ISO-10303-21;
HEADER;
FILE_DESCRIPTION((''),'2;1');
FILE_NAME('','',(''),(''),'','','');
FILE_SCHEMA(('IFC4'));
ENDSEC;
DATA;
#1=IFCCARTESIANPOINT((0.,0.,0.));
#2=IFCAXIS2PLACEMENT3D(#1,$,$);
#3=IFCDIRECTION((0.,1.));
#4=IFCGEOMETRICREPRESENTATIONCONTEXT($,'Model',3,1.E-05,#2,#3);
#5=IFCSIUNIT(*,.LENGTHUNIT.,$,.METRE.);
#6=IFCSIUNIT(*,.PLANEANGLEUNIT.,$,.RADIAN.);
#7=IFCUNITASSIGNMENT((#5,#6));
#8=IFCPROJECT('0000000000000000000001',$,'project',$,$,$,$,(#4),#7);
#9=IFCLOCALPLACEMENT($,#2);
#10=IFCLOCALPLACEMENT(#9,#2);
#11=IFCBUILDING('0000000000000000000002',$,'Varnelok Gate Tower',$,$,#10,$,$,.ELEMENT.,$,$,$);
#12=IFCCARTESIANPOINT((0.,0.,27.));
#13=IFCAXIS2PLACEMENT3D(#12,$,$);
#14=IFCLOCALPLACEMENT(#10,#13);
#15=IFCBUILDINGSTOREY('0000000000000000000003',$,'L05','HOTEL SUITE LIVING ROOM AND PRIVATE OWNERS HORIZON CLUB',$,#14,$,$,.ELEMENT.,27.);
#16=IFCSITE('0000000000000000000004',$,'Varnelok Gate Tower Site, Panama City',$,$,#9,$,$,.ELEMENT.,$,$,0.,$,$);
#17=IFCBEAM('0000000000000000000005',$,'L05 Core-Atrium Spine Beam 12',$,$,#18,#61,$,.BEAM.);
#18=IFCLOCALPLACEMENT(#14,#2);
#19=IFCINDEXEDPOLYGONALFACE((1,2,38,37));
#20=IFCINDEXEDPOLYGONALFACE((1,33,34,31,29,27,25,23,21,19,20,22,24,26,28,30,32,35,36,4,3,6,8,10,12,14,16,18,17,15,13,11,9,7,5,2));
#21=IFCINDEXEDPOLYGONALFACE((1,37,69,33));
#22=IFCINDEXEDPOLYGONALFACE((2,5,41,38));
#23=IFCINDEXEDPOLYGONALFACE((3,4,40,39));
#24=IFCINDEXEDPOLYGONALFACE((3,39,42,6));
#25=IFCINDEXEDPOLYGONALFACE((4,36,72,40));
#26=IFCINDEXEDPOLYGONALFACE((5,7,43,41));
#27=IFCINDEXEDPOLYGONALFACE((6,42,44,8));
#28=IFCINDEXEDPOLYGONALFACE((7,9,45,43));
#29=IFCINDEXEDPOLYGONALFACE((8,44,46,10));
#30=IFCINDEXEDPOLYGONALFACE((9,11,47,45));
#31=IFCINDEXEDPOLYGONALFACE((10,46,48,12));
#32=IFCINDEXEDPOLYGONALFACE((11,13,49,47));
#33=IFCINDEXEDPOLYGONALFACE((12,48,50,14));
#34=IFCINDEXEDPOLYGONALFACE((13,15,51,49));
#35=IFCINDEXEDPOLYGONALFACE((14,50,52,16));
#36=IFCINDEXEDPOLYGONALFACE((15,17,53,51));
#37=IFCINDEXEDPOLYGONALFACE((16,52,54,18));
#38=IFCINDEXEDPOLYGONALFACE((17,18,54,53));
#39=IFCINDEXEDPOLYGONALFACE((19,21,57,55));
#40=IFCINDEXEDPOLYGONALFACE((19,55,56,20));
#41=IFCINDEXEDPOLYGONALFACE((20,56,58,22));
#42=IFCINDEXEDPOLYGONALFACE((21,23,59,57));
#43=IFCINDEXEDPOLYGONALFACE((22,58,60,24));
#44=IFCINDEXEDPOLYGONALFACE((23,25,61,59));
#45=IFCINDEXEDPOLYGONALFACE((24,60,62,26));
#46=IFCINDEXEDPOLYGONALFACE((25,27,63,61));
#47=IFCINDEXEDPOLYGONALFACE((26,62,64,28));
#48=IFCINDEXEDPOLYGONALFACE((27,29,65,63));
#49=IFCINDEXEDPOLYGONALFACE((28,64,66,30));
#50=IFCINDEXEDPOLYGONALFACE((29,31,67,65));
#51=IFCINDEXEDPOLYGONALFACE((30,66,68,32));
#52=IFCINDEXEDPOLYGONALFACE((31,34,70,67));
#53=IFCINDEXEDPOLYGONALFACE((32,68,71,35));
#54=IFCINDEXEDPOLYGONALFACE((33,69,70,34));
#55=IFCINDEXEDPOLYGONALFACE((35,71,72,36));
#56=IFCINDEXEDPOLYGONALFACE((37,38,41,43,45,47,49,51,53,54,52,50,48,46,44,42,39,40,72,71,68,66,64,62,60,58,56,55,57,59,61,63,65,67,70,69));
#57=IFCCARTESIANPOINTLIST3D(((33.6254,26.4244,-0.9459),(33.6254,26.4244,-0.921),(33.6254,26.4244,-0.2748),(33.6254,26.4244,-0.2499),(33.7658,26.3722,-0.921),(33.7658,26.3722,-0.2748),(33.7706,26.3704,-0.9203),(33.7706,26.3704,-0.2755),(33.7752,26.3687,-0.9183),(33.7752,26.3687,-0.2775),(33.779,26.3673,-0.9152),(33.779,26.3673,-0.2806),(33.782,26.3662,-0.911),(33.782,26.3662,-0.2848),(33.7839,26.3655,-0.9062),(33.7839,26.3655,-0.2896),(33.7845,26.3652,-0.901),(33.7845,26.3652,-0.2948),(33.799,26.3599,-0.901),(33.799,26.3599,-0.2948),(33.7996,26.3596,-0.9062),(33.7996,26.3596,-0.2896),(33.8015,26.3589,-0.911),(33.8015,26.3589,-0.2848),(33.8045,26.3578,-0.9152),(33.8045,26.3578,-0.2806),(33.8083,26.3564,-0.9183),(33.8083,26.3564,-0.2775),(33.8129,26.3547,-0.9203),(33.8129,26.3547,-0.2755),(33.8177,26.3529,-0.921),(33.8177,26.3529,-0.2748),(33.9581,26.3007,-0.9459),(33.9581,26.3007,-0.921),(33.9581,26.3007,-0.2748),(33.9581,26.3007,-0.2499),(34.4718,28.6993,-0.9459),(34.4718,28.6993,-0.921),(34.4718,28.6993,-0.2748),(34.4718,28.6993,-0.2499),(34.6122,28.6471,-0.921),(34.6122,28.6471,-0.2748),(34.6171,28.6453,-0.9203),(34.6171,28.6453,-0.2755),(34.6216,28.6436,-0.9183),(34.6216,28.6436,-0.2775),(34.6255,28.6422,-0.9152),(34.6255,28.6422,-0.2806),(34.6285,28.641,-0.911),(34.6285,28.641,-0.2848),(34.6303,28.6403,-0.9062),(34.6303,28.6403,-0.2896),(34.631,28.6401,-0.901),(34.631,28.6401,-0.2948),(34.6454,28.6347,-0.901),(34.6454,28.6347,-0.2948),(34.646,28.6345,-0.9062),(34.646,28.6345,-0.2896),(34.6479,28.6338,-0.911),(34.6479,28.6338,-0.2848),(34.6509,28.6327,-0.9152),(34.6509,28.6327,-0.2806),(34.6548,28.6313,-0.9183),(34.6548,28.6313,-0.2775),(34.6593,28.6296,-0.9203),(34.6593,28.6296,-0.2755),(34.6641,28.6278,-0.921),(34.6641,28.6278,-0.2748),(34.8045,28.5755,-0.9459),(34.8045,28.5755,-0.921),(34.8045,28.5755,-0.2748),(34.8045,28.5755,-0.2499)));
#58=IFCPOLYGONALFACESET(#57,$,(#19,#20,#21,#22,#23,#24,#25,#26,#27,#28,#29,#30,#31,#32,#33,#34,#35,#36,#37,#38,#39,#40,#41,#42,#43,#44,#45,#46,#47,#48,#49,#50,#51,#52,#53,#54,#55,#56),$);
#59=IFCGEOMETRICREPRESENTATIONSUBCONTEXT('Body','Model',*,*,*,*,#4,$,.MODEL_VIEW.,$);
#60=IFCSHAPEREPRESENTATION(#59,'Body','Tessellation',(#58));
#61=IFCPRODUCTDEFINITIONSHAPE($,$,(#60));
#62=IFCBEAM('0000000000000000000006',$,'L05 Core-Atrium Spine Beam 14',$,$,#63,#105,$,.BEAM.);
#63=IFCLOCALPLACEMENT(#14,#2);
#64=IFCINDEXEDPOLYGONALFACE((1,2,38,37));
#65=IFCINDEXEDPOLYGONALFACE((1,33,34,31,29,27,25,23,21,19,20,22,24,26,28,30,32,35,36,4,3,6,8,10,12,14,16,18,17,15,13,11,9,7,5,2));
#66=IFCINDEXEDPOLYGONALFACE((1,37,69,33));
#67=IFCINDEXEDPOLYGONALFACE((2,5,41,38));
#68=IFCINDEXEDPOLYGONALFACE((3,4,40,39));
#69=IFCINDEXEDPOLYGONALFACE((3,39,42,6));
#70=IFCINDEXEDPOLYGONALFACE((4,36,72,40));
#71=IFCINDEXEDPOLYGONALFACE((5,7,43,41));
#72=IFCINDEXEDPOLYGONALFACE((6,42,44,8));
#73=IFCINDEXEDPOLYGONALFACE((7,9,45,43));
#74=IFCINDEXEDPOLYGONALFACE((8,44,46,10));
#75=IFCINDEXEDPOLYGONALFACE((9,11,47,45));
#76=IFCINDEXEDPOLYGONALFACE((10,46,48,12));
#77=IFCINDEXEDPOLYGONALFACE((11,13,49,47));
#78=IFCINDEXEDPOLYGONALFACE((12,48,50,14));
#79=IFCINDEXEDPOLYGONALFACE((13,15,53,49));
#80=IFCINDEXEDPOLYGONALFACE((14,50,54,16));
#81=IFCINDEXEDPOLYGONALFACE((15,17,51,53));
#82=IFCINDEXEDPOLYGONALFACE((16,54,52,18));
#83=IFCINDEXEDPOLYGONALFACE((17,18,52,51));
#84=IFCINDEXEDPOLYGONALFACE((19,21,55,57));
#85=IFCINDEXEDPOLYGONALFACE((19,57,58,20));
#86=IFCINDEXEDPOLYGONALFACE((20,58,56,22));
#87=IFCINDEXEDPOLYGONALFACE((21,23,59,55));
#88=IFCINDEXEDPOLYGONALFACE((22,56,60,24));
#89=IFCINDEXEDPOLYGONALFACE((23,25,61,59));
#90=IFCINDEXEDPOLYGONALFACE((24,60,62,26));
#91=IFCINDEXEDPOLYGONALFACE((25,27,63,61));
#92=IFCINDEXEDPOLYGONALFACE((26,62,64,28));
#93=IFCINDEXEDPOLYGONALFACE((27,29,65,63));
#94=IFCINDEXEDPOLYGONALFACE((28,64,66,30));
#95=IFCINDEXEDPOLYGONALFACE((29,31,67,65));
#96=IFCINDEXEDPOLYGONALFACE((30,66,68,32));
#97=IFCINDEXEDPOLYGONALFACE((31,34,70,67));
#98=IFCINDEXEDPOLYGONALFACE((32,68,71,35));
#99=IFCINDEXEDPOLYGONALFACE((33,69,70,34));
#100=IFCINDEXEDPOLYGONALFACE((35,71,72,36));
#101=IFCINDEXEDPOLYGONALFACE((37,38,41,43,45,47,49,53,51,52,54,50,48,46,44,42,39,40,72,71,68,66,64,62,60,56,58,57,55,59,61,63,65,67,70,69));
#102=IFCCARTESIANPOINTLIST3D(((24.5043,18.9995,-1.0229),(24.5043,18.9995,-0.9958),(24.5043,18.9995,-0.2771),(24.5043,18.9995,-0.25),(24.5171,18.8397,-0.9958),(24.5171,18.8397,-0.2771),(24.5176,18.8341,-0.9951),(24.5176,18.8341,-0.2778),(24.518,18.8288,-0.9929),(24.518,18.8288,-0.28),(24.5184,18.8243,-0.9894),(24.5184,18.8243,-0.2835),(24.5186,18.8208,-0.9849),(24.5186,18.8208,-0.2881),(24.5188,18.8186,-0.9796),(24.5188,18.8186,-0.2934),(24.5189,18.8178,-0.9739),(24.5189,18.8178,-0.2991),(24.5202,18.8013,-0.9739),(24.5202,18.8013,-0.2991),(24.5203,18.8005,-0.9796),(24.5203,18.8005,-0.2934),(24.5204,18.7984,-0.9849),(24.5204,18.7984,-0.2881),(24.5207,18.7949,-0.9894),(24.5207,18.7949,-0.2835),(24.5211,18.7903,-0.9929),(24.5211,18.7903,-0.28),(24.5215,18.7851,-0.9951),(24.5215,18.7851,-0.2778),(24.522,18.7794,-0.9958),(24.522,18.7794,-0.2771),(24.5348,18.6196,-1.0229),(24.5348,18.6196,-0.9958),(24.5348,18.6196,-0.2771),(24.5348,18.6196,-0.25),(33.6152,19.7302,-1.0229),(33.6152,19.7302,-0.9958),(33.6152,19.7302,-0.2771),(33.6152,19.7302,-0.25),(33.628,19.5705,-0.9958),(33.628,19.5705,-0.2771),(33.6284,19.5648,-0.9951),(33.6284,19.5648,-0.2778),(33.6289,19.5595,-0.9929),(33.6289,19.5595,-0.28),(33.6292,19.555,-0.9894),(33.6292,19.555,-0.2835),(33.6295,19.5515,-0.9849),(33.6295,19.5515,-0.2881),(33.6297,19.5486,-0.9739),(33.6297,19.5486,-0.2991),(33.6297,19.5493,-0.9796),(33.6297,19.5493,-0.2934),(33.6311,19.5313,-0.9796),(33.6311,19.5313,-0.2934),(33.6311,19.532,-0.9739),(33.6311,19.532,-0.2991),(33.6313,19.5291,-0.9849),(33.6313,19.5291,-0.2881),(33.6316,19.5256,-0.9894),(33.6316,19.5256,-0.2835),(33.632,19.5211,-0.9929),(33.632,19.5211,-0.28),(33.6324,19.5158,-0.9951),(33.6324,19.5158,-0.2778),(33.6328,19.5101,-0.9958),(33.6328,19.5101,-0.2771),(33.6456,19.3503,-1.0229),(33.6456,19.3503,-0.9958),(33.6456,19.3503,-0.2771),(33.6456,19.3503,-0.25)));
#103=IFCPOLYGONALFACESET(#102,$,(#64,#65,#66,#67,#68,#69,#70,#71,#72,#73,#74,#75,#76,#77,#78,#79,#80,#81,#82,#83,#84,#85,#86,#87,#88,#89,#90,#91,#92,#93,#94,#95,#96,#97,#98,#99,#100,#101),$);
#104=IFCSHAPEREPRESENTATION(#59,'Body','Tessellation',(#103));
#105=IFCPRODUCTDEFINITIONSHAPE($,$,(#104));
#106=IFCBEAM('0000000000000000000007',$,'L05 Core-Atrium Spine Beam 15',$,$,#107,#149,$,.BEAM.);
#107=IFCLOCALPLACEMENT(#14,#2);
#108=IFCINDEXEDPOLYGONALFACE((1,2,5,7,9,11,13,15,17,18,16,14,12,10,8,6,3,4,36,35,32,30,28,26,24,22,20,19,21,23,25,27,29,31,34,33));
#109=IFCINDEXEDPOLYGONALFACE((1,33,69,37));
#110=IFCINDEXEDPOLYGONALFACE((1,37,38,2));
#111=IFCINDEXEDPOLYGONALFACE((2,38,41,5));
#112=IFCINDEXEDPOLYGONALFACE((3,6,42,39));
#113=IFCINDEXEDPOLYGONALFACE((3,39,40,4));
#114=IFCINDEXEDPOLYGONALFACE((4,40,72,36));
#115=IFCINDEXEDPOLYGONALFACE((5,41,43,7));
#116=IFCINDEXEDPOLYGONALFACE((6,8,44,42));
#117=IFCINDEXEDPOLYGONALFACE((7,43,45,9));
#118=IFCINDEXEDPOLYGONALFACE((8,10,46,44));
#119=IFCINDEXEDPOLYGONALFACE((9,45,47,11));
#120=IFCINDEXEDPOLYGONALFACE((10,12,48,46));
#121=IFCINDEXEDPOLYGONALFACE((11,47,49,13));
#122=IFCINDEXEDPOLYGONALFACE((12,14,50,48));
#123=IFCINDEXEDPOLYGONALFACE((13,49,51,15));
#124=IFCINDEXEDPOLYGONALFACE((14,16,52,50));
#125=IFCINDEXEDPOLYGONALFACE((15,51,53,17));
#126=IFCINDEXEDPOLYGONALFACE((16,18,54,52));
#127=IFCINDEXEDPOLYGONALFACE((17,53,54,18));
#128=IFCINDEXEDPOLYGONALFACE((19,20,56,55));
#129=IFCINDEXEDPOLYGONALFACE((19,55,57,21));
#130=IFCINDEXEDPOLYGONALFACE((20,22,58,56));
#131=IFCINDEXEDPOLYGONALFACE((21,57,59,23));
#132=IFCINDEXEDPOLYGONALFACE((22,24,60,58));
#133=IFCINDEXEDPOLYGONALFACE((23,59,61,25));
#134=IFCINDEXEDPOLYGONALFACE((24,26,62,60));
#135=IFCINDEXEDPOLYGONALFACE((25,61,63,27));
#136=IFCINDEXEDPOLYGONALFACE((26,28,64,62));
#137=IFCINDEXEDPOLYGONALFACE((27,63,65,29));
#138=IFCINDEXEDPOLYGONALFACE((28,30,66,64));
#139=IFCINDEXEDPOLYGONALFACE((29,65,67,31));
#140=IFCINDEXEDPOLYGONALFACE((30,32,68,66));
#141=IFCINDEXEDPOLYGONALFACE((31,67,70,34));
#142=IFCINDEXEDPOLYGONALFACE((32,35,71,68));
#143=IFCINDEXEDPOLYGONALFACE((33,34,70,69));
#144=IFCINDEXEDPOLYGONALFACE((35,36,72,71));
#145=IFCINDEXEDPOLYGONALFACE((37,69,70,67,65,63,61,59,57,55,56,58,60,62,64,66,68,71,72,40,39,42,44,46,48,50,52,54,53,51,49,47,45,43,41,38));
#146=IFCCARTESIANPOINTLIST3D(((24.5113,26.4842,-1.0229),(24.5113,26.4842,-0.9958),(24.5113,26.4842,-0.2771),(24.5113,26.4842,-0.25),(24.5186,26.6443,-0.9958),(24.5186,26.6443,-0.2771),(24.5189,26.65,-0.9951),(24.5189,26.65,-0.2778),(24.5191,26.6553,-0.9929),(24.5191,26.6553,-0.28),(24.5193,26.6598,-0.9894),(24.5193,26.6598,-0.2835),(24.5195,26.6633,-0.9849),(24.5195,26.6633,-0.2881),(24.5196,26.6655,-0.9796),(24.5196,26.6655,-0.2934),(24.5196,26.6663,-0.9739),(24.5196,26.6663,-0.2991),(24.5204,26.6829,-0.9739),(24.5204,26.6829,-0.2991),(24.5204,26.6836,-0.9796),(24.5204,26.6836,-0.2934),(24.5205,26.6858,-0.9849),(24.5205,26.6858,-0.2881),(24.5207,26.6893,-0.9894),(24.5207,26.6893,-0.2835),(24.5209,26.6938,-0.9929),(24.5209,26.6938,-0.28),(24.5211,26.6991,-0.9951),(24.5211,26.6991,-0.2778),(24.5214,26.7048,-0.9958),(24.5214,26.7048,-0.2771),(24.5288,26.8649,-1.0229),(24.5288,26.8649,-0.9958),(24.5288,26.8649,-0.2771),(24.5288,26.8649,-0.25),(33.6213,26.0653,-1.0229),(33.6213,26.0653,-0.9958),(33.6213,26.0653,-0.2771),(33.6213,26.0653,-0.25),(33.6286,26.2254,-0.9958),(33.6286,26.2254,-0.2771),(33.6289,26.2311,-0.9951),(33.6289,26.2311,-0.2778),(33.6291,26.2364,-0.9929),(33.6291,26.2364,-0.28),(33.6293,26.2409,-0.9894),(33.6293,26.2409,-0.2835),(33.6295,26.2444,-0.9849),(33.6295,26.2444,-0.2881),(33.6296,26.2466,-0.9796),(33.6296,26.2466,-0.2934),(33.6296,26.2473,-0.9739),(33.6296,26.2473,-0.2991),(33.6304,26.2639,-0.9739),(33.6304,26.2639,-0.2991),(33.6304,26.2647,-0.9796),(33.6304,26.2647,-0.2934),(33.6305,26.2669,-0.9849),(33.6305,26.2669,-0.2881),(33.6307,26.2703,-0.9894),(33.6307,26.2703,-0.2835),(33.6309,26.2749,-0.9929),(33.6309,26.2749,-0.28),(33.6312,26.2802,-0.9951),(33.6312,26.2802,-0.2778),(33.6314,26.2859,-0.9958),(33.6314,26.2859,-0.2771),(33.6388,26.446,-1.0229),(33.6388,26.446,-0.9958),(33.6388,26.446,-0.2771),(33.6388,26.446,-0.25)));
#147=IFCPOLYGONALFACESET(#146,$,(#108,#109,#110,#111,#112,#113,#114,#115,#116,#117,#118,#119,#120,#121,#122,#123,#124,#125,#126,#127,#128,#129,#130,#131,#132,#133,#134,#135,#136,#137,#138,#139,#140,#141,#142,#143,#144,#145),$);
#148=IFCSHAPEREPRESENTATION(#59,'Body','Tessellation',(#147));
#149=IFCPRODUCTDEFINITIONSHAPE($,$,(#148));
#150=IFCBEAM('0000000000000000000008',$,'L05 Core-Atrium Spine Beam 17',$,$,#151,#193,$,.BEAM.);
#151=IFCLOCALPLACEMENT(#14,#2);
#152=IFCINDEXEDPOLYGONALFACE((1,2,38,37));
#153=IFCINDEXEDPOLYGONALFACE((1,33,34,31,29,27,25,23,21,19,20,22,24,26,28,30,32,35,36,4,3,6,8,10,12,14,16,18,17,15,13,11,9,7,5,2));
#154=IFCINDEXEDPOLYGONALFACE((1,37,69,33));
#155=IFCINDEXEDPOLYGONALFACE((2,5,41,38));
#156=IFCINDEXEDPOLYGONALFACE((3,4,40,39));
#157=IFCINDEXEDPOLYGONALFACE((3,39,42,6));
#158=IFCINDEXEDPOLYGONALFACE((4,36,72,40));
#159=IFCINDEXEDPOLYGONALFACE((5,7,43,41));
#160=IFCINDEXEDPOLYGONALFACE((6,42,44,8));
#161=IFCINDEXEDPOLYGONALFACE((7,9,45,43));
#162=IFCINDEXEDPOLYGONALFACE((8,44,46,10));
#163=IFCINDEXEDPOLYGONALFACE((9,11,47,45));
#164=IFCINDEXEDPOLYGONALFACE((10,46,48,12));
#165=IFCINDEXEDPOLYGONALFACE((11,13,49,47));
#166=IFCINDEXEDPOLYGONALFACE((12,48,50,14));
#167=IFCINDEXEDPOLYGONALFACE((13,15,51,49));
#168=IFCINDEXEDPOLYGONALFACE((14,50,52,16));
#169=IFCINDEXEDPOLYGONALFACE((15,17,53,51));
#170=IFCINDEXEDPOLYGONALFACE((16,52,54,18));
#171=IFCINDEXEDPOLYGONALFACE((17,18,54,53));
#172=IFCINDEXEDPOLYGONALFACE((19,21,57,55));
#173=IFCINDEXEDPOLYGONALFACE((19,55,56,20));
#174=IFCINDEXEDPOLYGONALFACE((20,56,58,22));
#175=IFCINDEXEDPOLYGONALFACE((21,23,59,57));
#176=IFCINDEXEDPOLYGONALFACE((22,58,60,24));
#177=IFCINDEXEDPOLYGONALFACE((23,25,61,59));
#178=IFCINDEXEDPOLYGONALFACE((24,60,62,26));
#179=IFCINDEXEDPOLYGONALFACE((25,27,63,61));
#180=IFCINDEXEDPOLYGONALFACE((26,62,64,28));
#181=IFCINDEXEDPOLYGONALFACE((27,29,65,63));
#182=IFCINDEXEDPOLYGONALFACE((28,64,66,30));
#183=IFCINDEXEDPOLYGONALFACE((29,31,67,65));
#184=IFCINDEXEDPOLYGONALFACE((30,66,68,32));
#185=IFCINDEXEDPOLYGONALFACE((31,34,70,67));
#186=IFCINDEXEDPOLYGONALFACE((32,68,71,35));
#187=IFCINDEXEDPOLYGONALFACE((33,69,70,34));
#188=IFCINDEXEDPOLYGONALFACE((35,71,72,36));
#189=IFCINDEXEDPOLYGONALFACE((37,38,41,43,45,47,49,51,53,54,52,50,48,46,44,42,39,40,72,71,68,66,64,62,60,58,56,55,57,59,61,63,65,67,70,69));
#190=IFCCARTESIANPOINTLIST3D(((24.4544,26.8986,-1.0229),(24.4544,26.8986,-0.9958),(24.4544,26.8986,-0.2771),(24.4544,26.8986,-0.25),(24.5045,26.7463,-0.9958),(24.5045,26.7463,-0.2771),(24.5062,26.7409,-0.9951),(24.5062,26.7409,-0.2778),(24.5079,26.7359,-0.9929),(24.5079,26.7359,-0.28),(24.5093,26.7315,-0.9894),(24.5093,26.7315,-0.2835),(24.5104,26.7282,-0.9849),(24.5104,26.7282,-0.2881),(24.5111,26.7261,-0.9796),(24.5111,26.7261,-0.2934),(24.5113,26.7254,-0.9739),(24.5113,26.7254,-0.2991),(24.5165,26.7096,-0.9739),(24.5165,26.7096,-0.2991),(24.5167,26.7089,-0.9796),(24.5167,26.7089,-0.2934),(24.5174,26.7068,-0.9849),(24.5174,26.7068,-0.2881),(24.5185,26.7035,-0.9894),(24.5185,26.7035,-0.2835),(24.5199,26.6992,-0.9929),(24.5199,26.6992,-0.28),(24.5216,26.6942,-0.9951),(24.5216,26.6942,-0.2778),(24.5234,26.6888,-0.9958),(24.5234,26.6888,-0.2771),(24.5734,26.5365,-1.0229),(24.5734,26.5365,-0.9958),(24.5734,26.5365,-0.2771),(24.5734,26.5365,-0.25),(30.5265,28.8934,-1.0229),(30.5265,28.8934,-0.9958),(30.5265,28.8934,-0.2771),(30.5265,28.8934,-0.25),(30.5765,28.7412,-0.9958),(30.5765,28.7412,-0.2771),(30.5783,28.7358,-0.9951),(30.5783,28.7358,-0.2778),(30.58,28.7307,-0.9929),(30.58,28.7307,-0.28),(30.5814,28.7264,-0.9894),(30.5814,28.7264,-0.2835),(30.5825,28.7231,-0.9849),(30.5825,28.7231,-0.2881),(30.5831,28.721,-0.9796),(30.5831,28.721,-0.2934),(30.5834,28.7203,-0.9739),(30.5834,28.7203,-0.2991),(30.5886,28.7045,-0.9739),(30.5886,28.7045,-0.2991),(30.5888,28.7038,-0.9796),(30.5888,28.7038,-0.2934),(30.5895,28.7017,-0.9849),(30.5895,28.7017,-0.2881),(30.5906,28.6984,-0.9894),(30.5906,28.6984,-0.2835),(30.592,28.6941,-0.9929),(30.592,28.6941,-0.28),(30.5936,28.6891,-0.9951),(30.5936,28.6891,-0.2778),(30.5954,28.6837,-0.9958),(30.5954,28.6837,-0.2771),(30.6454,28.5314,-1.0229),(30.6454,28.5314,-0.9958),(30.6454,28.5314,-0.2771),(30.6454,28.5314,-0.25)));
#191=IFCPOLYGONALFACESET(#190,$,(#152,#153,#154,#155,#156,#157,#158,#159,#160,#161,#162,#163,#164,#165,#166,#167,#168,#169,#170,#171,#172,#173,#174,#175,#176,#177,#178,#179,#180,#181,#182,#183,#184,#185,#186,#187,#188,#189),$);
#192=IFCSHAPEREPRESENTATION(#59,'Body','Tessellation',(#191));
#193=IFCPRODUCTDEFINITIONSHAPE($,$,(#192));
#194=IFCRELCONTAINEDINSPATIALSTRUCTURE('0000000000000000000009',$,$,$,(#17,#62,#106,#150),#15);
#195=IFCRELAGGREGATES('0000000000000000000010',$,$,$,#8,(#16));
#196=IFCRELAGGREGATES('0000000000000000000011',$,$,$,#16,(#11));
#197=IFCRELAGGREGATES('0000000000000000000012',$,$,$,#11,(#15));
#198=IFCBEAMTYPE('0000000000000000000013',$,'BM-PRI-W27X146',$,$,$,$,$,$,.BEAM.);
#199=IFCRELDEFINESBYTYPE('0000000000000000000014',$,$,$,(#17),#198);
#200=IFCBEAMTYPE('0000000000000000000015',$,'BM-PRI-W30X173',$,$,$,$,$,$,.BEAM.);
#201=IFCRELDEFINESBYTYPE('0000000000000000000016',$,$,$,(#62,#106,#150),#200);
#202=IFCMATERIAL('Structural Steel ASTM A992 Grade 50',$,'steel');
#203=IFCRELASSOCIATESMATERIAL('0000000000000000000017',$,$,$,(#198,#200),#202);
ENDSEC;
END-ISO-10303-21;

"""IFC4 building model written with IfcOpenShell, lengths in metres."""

from ifc_helpers import new_model, si_unit, direction, frame, origin, origin_2d, place, context, subcontext, project, spatial, i_section, extrude, material, material_profile, profile_set, type_object, element, save


model = new_model("IFC4")

# Units and contexts
model_context = context("Model", 3, precision=1e-05, world=origin(), true_north=direction((0.0, 1.0)))
body_context = subcontext(model_context, "Body", "Model", "MODEL_VIEW")
ifc_project = project(units=[si_unit("LENGTHUNIT", "METRE"), si_unit("PLANEANGLEUNIT", "RADIAN")], contexts=[model_context])

# Site, building, storey
site_placement = place(None, origin())
site = spatial("IfcSite", under=ifc_project, at=site_placement, Name="Varnelok Gate Tower Site, Panama City", CompositionType="ELEMENT", RefElevation=0.0)
building_placement = place(site_placement, origin())
building = spatial("IfcBuilding", under=site, at=building_placement, Name="Varnelok Gate Tower", CompositionType="ELEMENT")
storey_placement = place(building_placement, frame((0.0, 0.0, 27.0)))
storey = spatial("IfcBuildingStorey", under=building, at=storey_placement, Name="L05", Description="HOTEL SUITE LIVING ROOM AND PRIVATE OWNERS HORIZON CLUB", CompositionType="ELEMENT", Elevation=27.0)

# Shared definitions
ifc_material_1 = material(Name="Structural Steel ASTM A992 Grade 50", Category="steel")

# Beams
ifc_material_profile_1 = material_profile(ifc_material_1, i_section(OverallWidth=0.355, OverallDepth=0.696, WebThickness=0.0154, FlangeThickness=0.0249, FilletRadius=0.02, at=origin_2d()), Name="W27X146")
ifc_profile_set_1 = profile_set([ifc_material_profile_1], Name="Structural Steel ASTM A992 Grade 50")
beam_type_1 = type_object("IfcBeamType", Name="BM-PRI-W27X146", PredefinedType="BEAM", material=ifc_profile_set_1)
beam_1_placement = place(storey_placement, frame((33.7917, 26.3625, -0.5979), z_axis=(0.348719, 0.937227, 0.0), x_axis=(-0.937227, 0.348719, 0.0)))
element("IfcBeam", 1, at=beam_1_placement, inside=storey, type_object=beam_type_1, Name="L05 Core-Atrium Spine Beam 12", PredefinedType="BEAM", context=body_context, shape_type="SweptSolid", body=[
    extrude(i_section(OverallWidth=0.355, OverallDepth=0.696, WebThickness=0.0154, FlangeThickness=0.0249, FilletRadius=0.02, at=origin_2d()), origin(), (0.0, 0.0, 1.0), 2.4272),
])
ifc_material_profile_2 = material_profile(ifc_material_1, i_section(OverallWidth=0.3811, OverallDepth=0.7729, WebThickness=0.0166, FlangeThickness=0.0271, FilletRadius=0.022, at=origin_2d()), Name="W30X173")
ifc_profile_set_2 = profile_set([ifc_material_profile_2], Name="Structural Steel ASTM A992 Grade 50")
beam_type_2 = type_object("IfcBeamType", Name="BM-PRI-W30X173", PredefinedType="BEAM", material=ifc_profile_set_2)
beam_2_placement = place(storey_placement, frame((24.5195, 18.8096, -0.6365), z_axis=(0.996799, 0.079946, 0.0), x_axis=(-0.079946, 0.996799, 0.0)))
element("IfcBeam", 2, at=beam_2_placement, inside=storey, type_object=beam_type_2, Name="L05 Core-Atrium Spine Beam 14", PredefinedType="BEAM", context=body_context, shape_type="SweptSolid", body=[
    extrude(i_section(OverallWidth=0.3811, OverallDepth=0.7729, WebThickness=0.0166, FlangeThickness=0.0271, FilletRadius=0.022, at=origin_2d()), origin(), (0.0, 0.0, 1.0), 9.1401),
])
beam_3_placement = place(storey_placement, frame((24.52, 26.6746, -0.6365), z_axis=(0.998944, -0.045938, 0.0), x_axis=(0.045938, 0.998944, 0.0)))
element("IfcBeam", 3, at=beam_3_placement, inside=storey, type_object=beam_type_2, Name="L05 Core-Atrium Spine Beam 15", PredefinedType="BEAM", context=body_context, shape_type="SweptSolid", body=[
    extrude(i_section(OverallWidth=0.3811, OverallDepth=0.7729, WebThickness=0.0166, FlangeThickness=0.0271, FilletRadius=0.022, at=origin_2d()), origin(), (0.0, 0.0, 1.0), 9.1196),
])
beam_4_placement = place(storey_placement, frame((24.5139, 26.7175, -0.6365), z_axis=(0.950042, 0.312122, 0.0), x_axis=(-0.312122, 0.950042, 0.0)))
element("IfcBeam", 4, at=beam_4_placement, inside=storey, type_object=beam_type_2, Name="L05 Core-Atrium Spine Beam 17", PredefinedType="BEAM", context=body_context, shape_type="SweptSolid", body=[
    extrude(i_section(OverallWidth=0.3811, OverallDepth=0.7729, WebThickness=0.0166, FlangeThickness=0.0271, FilletRadius=0.022, at=origin_2d()), origin(), (0.0, 0.0, 1.0), 6.3914),
])

save(model, "model.ifc")
